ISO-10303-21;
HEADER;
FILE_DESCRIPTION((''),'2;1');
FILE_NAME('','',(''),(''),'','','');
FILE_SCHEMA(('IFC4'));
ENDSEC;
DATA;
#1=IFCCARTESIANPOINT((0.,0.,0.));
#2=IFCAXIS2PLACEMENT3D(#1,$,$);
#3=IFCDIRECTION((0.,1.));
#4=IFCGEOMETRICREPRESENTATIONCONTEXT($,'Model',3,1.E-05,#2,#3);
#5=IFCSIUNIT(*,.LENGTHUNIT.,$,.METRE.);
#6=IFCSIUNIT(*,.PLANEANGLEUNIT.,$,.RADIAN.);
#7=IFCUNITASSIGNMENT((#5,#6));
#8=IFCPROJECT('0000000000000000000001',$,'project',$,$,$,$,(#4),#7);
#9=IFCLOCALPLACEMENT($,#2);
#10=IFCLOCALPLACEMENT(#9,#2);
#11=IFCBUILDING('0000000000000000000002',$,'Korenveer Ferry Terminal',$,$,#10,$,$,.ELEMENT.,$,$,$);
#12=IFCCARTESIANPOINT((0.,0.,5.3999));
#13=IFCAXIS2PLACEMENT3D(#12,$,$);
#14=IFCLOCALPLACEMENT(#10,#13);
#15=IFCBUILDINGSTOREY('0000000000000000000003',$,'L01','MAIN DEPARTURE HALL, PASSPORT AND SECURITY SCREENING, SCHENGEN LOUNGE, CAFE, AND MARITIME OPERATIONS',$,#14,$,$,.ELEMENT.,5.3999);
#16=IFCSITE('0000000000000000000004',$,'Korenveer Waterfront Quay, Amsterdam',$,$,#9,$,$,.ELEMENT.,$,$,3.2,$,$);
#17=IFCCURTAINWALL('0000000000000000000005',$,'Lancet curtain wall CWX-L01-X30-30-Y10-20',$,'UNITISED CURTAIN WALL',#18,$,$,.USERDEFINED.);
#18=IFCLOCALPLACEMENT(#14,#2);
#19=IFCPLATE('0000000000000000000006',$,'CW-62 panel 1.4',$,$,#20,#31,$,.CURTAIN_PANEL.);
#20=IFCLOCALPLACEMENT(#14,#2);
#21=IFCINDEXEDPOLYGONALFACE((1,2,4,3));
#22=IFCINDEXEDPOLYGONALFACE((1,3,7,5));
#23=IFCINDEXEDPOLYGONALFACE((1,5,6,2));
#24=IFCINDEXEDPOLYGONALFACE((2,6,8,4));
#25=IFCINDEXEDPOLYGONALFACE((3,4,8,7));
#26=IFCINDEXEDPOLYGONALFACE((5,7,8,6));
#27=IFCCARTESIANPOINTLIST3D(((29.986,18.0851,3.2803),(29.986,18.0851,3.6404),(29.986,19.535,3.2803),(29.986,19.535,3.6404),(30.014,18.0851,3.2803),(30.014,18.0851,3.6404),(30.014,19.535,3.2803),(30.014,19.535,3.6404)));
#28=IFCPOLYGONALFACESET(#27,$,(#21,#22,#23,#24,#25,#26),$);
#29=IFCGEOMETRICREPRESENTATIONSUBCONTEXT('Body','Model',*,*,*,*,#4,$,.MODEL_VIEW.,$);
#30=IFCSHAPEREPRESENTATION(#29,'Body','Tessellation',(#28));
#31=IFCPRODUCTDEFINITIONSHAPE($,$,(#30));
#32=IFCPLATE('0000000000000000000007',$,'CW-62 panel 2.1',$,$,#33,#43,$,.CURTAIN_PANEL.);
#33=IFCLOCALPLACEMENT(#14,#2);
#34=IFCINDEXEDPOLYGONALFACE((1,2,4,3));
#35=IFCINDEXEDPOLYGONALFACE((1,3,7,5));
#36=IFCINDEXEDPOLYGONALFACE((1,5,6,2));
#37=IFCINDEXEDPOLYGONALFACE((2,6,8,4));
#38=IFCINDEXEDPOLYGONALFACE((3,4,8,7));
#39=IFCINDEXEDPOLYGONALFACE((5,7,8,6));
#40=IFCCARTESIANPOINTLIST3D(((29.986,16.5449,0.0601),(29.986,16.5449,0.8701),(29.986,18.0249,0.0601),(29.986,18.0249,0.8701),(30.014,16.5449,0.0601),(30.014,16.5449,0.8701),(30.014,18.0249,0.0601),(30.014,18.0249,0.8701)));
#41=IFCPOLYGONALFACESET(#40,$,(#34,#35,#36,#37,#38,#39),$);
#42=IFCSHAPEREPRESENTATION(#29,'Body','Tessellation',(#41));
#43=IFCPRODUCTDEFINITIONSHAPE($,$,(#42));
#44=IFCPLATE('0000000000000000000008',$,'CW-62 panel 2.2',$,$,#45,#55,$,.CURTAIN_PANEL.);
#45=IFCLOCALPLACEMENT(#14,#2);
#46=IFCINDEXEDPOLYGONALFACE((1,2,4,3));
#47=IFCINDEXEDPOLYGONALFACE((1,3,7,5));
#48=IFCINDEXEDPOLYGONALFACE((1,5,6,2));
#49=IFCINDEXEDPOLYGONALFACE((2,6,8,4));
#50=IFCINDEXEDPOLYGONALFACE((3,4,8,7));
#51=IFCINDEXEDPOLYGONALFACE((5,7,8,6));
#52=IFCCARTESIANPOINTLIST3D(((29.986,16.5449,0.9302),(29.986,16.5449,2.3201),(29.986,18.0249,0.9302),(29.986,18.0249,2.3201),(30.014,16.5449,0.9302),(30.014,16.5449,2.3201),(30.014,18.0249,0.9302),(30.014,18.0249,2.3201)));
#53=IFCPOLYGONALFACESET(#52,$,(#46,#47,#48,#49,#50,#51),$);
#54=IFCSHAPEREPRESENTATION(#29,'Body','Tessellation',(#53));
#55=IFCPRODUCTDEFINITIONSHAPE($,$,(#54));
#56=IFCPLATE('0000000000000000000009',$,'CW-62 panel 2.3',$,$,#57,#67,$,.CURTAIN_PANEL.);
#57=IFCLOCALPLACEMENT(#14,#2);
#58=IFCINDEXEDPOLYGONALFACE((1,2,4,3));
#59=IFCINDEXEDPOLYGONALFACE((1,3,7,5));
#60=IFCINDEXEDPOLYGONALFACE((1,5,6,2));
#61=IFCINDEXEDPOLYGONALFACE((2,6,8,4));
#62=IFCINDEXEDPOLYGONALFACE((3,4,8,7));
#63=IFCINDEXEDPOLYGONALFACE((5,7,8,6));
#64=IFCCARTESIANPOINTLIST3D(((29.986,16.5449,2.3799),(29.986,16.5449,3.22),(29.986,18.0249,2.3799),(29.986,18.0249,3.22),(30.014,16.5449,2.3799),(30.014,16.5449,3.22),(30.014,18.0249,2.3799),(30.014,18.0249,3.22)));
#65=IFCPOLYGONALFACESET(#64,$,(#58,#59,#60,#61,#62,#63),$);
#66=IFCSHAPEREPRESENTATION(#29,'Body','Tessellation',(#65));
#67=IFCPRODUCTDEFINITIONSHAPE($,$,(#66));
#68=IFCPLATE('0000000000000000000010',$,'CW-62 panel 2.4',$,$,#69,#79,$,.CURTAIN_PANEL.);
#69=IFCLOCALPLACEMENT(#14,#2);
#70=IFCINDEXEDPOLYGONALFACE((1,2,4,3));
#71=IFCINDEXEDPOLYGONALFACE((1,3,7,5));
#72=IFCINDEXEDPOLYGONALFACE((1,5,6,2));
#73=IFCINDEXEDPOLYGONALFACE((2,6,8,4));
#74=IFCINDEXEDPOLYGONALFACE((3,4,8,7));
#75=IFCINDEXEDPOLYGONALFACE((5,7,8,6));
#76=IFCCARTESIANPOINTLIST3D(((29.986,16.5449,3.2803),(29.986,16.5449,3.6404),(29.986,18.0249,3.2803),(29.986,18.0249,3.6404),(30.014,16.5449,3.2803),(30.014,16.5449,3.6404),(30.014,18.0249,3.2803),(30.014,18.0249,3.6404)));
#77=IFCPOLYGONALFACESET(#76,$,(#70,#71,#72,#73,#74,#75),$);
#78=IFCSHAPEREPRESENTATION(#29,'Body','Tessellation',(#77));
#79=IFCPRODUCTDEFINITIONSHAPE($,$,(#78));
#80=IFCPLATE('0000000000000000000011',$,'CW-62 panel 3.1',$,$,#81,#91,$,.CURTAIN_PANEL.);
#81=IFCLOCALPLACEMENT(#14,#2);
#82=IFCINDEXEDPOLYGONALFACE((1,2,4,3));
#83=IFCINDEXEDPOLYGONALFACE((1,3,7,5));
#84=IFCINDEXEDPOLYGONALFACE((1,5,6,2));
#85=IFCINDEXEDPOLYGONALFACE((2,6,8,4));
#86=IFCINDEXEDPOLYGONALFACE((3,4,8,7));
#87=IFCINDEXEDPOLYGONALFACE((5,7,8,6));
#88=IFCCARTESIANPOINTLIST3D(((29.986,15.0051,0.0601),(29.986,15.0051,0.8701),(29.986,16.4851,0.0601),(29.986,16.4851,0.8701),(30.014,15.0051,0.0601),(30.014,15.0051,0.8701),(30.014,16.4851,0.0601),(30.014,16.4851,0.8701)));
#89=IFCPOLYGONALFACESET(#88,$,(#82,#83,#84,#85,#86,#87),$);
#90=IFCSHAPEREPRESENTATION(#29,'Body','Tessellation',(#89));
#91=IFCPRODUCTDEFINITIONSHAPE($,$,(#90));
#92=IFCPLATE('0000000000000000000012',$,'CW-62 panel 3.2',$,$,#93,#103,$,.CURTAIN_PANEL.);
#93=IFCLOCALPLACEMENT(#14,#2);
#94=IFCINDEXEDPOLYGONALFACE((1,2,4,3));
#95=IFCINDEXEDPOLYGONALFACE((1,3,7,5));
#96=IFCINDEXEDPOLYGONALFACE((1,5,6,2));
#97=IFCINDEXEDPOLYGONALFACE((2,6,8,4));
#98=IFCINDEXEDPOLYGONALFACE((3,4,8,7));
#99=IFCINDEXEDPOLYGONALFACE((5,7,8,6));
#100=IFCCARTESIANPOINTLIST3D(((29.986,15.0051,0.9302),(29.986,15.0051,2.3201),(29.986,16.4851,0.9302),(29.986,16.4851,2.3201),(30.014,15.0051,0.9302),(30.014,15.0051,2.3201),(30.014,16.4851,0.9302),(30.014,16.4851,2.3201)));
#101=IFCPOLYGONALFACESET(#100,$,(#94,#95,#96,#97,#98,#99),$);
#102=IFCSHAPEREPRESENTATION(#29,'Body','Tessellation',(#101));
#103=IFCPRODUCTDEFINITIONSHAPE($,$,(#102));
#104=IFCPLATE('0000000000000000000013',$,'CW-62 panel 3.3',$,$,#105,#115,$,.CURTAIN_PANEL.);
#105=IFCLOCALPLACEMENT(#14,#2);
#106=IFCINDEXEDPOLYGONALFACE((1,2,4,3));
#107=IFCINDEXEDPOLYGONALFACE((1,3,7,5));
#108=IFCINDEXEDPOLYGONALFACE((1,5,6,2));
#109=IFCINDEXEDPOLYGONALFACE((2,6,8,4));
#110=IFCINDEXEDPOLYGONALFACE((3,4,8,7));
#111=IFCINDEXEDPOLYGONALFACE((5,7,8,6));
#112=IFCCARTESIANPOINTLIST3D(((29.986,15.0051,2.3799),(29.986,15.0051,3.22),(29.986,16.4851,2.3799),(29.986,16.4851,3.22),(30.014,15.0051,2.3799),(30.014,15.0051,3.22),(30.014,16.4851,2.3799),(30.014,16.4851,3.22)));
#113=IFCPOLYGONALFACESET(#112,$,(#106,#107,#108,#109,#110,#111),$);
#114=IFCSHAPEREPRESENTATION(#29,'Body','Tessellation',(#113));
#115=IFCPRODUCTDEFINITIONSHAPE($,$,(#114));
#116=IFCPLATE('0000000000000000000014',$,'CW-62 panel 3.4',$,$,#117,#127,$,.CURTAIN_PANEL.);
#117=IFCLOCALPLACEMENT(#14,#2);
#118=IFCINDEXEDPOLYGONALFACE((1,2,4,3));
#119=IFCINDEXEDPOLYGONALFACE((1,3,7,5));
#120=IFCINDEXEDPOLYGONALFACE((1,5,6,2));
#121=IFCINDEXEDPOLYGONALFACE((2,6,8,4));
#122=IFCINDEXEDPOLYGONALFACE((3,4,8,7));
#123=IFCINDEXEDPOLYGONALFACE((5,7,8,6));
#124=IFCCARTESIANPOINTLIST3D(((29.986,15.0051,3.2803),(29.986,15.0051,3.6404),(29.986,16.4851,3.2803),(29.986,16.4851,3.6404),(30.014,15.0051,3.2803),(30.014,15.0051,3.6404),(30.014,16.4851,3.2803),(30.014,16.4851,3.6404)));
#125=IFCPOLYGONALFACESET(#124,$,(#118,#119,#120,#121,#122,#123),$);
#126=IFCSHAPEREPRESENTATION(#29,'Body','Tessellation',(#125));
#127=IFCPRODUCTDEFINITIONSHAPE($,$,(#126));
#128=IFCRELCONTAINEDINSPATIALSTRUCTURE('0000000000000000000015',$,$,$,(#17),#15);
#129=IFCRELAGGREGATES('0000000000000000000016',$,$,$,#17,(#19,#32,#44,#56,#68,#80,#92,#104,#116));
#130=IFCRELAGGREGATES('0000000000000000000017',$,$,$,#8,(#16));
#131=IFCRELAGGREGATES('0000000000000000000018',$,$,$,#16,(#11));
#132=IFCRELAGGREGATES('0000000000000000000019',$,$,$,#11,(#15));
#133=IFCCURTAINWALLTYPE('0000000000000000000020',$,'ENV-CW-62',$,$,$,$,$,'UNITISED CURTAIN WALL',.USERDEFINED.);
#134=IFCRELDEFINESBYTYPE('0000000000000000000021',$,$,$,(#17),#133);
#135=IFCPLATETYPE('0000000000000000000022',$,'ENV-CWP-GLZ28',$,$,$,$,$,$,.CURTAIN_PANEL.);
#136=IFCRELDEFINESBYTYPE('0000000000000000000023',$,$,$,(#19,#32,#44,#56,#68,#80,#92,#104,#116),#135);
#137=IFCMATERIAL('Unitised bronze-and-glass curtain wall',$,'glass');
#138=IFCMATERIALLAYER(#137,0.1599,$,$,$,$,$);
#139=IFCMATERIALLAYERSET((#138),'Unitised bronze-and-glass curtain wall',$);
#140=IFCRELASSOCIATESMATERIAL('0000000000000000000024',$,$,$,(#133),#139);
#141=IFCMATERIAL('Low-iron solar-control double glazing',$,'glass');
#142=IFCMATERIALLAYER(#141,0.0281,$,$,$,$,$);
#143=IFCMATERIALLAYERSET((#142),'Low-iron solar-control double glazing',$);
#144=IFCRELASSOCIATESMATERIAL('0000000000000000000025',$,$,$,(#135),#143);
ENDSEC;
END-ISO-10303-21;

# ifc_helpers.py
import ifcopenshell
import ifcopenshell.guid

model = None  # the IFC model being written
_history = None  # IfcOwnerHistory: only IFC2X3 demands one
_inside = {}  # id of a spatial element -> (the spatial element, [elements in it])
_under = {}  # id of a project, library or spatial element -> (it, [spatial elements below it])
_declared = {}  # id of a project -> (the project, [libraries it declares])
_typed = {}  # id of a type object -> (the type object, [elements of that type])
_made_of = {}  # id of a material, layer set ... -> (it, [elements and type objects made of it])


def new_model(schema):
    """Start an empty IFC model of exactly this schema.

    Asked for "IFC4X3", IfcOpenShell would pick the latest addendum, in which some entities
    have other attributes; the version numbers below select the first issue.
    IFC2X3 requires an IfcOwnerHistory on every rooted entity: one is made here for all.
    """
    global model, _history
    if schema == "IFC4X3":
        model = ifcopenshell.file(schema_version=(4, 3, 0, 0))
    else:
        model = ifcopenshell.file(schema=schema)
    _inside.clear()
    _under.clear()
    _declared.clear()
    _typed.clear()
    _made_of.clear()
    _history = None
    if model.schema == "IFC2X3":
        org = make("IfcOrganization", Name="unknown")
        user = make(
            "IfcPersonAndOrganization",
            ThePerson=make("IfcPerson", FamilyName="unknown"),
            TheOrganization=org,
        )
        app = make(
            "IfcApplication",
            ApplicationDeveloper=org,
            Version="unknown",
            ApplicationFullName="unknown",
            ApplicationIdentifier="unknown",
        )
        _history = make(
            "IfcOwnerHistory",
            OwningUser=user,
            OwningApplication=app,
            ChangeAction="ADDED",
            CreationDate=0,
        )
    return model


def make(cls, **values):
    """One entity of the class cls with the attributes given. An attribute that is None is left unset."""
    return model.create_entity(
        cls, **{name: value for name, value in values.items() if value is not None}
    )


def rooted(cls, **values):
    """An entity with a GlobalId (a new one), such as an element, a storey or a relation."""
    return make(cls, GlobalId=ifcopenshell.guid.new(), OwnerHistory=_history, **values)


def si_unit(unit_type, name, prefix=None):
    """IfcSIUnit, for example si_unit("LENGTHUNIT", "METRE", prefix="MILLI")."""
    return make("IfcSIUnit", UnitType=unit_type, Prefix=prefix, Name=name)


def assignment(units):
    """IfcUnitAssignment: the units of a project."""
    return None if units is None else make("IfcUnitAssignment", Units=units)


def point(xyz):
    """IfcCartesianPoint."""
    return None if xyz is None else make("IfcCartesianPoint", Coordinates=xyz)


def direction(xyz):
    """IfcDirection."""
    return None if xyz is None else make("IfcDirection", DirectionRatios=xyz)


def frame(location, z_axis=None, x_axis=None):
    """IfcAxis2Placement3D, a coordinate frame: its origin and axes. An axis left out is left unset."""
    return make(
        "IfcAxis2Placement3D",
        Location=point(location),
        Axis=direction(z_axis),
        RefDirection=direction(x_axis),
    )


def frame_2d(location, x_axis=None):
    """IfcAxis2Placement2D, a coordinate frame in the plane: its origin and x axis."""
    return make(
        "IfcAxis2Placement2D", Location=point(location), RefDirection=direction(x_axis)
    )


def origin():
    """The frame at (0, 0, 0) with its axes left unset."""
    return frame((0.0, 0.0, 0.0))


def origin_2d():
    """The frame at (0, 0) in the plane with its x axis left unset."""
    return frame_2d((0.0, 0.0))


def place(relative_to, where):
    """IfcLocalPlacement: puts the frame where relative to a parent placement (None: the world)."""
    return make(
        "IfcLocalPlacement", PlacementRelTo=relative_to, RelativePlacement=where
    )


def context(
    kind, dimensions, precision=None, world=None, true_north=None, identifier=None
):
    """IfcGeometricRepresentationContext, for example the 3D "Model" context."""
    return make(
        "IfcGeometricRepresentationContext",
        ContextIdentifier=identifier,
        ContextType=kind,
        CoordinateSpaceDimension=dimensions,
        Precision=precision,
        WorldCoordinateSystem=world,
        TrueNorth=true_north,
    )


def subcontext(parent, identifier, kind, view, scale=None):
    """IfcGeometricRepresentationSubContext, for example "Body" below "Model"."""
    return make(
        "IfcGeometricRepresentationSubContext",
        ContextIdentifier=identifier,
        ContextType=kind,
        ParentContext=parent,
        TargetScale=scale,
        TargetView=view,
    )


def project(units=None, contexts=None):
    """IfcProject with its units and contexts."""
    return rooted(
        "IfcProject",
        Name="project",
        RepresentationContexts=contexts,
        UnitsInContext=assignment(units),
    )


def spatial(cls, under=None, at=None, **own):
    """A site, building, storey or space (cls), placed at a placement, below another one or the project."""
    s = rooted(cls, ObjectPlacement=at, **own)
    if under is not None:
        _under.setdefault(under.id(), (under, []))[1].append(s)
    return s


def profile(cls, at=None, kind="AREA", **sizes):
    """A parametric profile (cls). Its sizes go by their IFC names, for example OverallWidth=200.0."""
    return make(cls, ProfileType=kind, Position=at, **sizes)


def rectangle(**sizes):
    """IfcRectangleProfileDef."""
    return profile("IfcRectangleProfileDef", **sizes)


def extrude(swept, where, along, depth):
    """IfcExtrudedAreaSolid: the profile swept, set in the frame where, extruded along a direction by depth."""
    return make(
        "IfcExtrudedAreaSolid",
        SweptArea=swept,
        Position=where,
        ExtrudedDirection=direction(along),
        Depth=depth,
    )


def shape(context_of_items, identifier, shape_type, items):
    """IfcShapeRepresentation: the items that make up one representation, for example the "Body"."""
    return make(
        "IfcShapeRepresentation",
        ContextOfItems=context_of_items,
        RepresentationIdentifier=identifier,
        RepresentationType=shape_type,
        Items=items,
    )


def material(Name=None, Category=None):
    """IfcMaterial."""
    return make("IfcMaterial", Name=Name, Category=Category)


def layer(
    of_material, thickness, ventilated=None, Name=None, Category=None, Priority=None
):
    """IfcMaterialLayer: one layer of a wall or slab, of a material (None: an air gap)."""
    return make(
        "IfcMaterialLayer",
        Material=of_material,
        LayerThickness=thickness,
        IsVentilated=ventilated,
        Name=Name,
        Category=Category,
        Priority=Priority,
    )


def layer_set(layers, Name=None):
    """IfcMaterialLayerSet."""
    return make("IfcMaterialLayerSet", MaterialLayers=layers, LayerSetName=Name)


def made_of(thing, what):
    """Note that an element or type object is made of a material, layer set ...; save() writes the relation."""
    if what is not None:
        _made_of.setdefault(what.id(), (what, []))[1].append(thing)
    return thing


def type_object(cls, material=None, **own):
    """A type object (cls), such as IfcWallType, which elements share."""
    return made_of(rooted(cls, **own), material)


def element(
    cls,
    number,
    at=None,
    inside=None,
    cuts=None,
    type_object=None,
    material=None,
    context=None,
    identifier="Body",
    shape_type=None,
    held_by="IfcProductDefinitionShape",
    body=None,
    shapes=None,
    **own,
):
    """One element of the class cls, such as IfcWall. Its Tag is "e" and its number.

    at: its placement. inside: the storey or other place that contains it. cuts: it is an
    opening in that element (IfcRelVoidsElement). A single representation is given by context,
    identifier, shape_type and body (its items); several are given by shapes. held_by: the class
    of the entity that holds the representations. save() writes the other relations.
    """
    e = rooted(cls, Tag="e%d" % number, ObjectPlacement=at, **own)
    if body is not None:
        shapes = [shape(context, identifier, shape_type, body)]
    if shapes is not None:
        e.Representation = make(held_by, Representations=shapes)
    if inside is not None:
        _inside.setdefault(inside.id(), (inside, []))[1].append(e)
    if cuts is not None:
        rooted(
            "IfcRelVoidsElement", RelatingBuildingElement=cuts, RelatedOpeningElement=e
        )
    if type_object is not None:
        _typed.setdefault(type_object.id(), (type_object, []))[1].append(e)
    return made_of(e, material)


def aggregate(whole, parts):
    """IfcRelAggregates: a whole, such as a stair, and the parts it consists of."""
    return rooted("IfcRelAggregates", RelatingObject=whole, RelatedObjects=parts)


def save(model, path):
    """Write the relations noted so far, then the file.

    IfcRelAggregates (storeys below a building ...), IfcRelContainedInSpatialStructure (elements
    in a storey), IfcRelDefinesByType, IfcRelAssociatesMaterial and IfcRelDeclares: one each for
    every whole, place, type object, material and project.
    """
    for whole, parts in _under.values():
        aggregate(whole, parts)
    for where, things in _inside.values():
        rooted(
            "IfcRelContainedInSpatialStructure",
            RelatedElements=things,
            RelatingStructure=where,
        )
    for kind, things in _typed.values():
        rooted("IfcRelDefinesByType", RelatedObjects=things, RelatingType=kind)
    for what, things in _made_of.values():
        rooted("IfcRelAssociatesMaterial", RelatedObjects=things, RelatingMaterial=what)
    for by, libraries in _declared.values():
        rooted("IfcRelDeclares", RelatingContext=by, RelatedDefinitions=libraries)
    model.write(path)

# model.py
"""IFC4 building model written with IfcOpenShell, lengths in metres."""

from ifc_helpers import new_model, si_unit, direction, frame, origin, origin_2d, place, context, subcontext, project, spatial, rectangle, extrude, material, layer, layer_set, type_object, element, aggregate, save


model = new_model("IFC4")

# Units and contexts
model_context = context("Model", 3, precision=1e-05, world=origin(), true_north=direction((0.0, 1.0)))
body_context = subcontext(model_context, "Body", "Model", "MODEL_VIEW")
ifc_project = project(units=[si_unit("LENGTHUNIT", "METRE"), si_unit("PLANEANGLEUNIT", "RADIAN")], contexts=[model_context])

# Site, building, storey
site_placement = place(None, origin())
site = spatial("IfcSite", under=ifc_project, at=site_placement, Name="Korenveer Waterfront Quay, Amsterdam", CompositionType="ELEMENT", RefElevation=3.2)
building_placement = place(site_placement, origin())
building = spatial("IfcBuilding", under=site, at=building_placement, Name="Korenveer Ferry Terminal", CompositionType="ELEMENT")
storey_placement = place(building_placement, frame((0.0, 0.0, 5.3999)))
storey = spatial("IfcBuildingStorey", under=building, at=storey_placement, Name="L01", Description="MAIN DEPARTURE HALL, PASSPORT AND SECURITY SCREENING, SCHENGEN LOUNGE, CAFE, AND MARITIME OPERATIONS", CompositionType="ELEMENT", Elevation=5.3999)

# Curtain wall
ifc_material_1 = material(Name="Unitised bronze-and-glass curtain wall", Category="glass")
ifc_layer_1 = layer(ifc_material_1, 0.1599)
ifc_layer_set_1 = layer_set([ifc_layer_1], Name="Unitised bronze-and-glass curtain wall")
curtain_wall_type = type_object("IfcCurtainWallType", Name="ENV-CW-62", ElementType="UNITISED CURTAIN WALL", PredefinedType="USERDEFINED", material=ifc_layer_set_1)
curtain_wall_placement = place(storey_placement, frame((30.0, 19.595, 0.0)))
curtain_wall = element("IfcCurtainWall", 1, at=curtain_wall_placement, inside=storey, type_object=curtain_wall_type, Name="Lancet curtain wall CWX-L01-X30-30-Y10-20", ObjectType="UNITISED CURTAIN WALL", PredefinedType="USERDEFINED")

# Plates
ifc_material_2 = material(Name="Low-iron solar-control double glazing", Category="glass")
ifc_layer_2 = layer(ifc_material_2, 0.0281)
ifc_layer_set_2 = layer_set([ifc_layer_2], Name="Low-iron solar-control double glazing")
plate_type = type_object("IfcPlateType", Name="ENV-CWP-GLZ28", PredefinedType="CURTAIN_PANEL", material=ifc_layer_set_2)
plate_1_placement = place(storey_placement, frame((30.0, 18.8101, 3.2803), z_axis=(0.0, 0.0, 1.0), x_axis=(0.0, -1.0, 0.0)))
plate_1 = element("IfcPlate", 2, at=plate_1_placement, type_object=plate_type, Name="CW-62 panel 1.4", PredefinedType="CURTAIN_PANEL", context=body_context, shape_type="SweptSolid", body=[
    extrude(rectangle(XDim=1.45, YDim=0.0281, at=origin_2d()), origin(), (0.0, 0.0, 1.0), 0.3601),
])
plate_2_placement = place(storey_placement, frame((30.0, 17.2849, 0.0601), z_axis=(0.0, 0.0, 1.0), x_axis=(0.0, -1.0, 0.0)))
plate_2 = element("IfcPlate", 3, at=plate_2_placement, type_object=plate_type, Name="CW-62 panel 2.1", PredefinedType="CURTAIN_PANEL", context=body_context, shape_type="SweptSolid", body=[
    extrude(rectangle(XDim=1.48, YDim=0.0281, at=origin_2d()), origin(), (0.0, 0.0, 1.0), 0.8101),
])
plate_3_placement = place(storey_placement, frame((30.0, 17.2849, 0.9302), z_axis=(0.0, 0.0, 1.0), x_axis=(0.0, -1.0, 0.0)))
plate_3 = element("IfcPlate", 4, at=plate_3_placement, type_object=plate_type, Name="CW-62 panel 2.2", PredefinedType="CURTAIN_PANEL", context=body_context, shape_type="SweptSolid", body=[
    extrude(rectangle(XDim=1.48, YDim=0.0281, at=origin_2d()), origin(), (0.0, 0.0, 1.0), 1.3899),
])
plate_4_placement = place(storey_placement, frame((30.0, 17.2849, 2.3799), z_axis=(0.0, 0.0, 1.0), x_axis=(0.0, -1.0, 0.0)))
plate_4 = element("IfcPlate", 5, at=plate_4_placement, type_object=plate_type, Name="CW-62 panel 2.3", PredefinedType="CURTAIN_PANEL", context=body_context, shape_type="SweptSolid", body=[
    extrude(rectangle(XDim=1.48, YDim=0.0281, at=origin_2d()), origin(), (0.0, 0.0, 1.0), 0.8401),
])
plate_5_placement = place(storey_placement, frame((30.0, 17.2849, 3.2803), z_axis=(0.0, 0.0, 1.0), x_axis=(0.0, -1.0, 0.0)))
plate_5 = element("IfcPlate", 6, at=plate_5_placement, type_object=plate_type, Name="CW-62 panel 2.4", PredefinedType="CURTAIN_PANEL", context=body_context, shape_type="SweptSolid", body=[
    extrude(rectangle(XDim=1.48, YDim=0.0281, at=origin_2d()), origin(), (0.0, 0.0, 1.0), 0.3601),
])
plate_6_placement = place(storey_placement, frame((30.0, 15.7451, 0.0601), z_axis=(0.0, 0.0, 1.0), x_axis=(0.0, -1.0, 0.0)))
plate_6 = element("IfcPlate", 7, at=plate_6_placement, type_object=plate_type, Name="CW-62 panel 3.1", PredefinedType="CURTAIN_PANEL", context=body_context, shape_type="SweptSolid", body=[
    extrude(rectangle(XDim=1.48, YDim=0.0281, at=origin_2d()), origin(), (0.0, 0.0, 1.0), 0.8101),
])
plate_7_placement = place(storey_placement, frame((30.0, 15.7451, 0.9302), z_axis=(0.0, 0.0, 1.0), x_axis=(0.0, -1.0, 0.0)))
plate_7 = element("IfcPlate", 8, at=plate_7_placement, type_object=plate_type, Name="CW-62 panel 3.2", PredefinedType="CURTAIN_PANEL", context=body_context, shape_type="SweptSolid", body=[
    extrude(rectangle(XDim=1.48, YDim=0.0281, at=origin_2d()), origin(), (0.0, 0.0, 1.0), 1.3899),
])
plate_8_placement = place(storey_placement, frame((30.0, 15.7451, 2.3799), z_axis=(0.0, 0.0, 1.0), x_axis=(0.0, -1.0, 0.0)))
plate_8 = element("IfcPlate", 9, at=plate_8_placement, type_object=plate_type, Name="CW-62 panel 3.3", PredefinedType="CURTAIN_PANEL", context=body_context, shape_type="SweptSolid", body=[
    extrude(rectangle(XDim=1.48, YDim=0.0281, at=origin_2d()), origin(), (0.0, 0.0, 1.0), 0.8401),
])
plate_9_placement = place(storey_placement, frame((30.0, 15.7451, 3.2803), z_axis=(0.0, 0.0, 1.0), x_axis=(0.0, -1.0, 0.0)))
plate_9 = element("IfcPlate", 10, at=plate_9_placement, type_object=plate_type, Name="CW-62 panel 3.4", PredefinedType="CURTAIN_PANEL", context=body_context, shape_type="SweptSolid", body=[
    extrude(rectangle(XDim=1.48, YDim=0.0281, at=origin_2d()), origin(), (0.0, 0.0, 1.0), 0.3601),
])
aggregate(curtain_wall, [plate_1, plate_2, plate_3, plate_4, plate_5, plate_6, plate_7, plate_8, plate_9])

save(model, "model.ifc")
